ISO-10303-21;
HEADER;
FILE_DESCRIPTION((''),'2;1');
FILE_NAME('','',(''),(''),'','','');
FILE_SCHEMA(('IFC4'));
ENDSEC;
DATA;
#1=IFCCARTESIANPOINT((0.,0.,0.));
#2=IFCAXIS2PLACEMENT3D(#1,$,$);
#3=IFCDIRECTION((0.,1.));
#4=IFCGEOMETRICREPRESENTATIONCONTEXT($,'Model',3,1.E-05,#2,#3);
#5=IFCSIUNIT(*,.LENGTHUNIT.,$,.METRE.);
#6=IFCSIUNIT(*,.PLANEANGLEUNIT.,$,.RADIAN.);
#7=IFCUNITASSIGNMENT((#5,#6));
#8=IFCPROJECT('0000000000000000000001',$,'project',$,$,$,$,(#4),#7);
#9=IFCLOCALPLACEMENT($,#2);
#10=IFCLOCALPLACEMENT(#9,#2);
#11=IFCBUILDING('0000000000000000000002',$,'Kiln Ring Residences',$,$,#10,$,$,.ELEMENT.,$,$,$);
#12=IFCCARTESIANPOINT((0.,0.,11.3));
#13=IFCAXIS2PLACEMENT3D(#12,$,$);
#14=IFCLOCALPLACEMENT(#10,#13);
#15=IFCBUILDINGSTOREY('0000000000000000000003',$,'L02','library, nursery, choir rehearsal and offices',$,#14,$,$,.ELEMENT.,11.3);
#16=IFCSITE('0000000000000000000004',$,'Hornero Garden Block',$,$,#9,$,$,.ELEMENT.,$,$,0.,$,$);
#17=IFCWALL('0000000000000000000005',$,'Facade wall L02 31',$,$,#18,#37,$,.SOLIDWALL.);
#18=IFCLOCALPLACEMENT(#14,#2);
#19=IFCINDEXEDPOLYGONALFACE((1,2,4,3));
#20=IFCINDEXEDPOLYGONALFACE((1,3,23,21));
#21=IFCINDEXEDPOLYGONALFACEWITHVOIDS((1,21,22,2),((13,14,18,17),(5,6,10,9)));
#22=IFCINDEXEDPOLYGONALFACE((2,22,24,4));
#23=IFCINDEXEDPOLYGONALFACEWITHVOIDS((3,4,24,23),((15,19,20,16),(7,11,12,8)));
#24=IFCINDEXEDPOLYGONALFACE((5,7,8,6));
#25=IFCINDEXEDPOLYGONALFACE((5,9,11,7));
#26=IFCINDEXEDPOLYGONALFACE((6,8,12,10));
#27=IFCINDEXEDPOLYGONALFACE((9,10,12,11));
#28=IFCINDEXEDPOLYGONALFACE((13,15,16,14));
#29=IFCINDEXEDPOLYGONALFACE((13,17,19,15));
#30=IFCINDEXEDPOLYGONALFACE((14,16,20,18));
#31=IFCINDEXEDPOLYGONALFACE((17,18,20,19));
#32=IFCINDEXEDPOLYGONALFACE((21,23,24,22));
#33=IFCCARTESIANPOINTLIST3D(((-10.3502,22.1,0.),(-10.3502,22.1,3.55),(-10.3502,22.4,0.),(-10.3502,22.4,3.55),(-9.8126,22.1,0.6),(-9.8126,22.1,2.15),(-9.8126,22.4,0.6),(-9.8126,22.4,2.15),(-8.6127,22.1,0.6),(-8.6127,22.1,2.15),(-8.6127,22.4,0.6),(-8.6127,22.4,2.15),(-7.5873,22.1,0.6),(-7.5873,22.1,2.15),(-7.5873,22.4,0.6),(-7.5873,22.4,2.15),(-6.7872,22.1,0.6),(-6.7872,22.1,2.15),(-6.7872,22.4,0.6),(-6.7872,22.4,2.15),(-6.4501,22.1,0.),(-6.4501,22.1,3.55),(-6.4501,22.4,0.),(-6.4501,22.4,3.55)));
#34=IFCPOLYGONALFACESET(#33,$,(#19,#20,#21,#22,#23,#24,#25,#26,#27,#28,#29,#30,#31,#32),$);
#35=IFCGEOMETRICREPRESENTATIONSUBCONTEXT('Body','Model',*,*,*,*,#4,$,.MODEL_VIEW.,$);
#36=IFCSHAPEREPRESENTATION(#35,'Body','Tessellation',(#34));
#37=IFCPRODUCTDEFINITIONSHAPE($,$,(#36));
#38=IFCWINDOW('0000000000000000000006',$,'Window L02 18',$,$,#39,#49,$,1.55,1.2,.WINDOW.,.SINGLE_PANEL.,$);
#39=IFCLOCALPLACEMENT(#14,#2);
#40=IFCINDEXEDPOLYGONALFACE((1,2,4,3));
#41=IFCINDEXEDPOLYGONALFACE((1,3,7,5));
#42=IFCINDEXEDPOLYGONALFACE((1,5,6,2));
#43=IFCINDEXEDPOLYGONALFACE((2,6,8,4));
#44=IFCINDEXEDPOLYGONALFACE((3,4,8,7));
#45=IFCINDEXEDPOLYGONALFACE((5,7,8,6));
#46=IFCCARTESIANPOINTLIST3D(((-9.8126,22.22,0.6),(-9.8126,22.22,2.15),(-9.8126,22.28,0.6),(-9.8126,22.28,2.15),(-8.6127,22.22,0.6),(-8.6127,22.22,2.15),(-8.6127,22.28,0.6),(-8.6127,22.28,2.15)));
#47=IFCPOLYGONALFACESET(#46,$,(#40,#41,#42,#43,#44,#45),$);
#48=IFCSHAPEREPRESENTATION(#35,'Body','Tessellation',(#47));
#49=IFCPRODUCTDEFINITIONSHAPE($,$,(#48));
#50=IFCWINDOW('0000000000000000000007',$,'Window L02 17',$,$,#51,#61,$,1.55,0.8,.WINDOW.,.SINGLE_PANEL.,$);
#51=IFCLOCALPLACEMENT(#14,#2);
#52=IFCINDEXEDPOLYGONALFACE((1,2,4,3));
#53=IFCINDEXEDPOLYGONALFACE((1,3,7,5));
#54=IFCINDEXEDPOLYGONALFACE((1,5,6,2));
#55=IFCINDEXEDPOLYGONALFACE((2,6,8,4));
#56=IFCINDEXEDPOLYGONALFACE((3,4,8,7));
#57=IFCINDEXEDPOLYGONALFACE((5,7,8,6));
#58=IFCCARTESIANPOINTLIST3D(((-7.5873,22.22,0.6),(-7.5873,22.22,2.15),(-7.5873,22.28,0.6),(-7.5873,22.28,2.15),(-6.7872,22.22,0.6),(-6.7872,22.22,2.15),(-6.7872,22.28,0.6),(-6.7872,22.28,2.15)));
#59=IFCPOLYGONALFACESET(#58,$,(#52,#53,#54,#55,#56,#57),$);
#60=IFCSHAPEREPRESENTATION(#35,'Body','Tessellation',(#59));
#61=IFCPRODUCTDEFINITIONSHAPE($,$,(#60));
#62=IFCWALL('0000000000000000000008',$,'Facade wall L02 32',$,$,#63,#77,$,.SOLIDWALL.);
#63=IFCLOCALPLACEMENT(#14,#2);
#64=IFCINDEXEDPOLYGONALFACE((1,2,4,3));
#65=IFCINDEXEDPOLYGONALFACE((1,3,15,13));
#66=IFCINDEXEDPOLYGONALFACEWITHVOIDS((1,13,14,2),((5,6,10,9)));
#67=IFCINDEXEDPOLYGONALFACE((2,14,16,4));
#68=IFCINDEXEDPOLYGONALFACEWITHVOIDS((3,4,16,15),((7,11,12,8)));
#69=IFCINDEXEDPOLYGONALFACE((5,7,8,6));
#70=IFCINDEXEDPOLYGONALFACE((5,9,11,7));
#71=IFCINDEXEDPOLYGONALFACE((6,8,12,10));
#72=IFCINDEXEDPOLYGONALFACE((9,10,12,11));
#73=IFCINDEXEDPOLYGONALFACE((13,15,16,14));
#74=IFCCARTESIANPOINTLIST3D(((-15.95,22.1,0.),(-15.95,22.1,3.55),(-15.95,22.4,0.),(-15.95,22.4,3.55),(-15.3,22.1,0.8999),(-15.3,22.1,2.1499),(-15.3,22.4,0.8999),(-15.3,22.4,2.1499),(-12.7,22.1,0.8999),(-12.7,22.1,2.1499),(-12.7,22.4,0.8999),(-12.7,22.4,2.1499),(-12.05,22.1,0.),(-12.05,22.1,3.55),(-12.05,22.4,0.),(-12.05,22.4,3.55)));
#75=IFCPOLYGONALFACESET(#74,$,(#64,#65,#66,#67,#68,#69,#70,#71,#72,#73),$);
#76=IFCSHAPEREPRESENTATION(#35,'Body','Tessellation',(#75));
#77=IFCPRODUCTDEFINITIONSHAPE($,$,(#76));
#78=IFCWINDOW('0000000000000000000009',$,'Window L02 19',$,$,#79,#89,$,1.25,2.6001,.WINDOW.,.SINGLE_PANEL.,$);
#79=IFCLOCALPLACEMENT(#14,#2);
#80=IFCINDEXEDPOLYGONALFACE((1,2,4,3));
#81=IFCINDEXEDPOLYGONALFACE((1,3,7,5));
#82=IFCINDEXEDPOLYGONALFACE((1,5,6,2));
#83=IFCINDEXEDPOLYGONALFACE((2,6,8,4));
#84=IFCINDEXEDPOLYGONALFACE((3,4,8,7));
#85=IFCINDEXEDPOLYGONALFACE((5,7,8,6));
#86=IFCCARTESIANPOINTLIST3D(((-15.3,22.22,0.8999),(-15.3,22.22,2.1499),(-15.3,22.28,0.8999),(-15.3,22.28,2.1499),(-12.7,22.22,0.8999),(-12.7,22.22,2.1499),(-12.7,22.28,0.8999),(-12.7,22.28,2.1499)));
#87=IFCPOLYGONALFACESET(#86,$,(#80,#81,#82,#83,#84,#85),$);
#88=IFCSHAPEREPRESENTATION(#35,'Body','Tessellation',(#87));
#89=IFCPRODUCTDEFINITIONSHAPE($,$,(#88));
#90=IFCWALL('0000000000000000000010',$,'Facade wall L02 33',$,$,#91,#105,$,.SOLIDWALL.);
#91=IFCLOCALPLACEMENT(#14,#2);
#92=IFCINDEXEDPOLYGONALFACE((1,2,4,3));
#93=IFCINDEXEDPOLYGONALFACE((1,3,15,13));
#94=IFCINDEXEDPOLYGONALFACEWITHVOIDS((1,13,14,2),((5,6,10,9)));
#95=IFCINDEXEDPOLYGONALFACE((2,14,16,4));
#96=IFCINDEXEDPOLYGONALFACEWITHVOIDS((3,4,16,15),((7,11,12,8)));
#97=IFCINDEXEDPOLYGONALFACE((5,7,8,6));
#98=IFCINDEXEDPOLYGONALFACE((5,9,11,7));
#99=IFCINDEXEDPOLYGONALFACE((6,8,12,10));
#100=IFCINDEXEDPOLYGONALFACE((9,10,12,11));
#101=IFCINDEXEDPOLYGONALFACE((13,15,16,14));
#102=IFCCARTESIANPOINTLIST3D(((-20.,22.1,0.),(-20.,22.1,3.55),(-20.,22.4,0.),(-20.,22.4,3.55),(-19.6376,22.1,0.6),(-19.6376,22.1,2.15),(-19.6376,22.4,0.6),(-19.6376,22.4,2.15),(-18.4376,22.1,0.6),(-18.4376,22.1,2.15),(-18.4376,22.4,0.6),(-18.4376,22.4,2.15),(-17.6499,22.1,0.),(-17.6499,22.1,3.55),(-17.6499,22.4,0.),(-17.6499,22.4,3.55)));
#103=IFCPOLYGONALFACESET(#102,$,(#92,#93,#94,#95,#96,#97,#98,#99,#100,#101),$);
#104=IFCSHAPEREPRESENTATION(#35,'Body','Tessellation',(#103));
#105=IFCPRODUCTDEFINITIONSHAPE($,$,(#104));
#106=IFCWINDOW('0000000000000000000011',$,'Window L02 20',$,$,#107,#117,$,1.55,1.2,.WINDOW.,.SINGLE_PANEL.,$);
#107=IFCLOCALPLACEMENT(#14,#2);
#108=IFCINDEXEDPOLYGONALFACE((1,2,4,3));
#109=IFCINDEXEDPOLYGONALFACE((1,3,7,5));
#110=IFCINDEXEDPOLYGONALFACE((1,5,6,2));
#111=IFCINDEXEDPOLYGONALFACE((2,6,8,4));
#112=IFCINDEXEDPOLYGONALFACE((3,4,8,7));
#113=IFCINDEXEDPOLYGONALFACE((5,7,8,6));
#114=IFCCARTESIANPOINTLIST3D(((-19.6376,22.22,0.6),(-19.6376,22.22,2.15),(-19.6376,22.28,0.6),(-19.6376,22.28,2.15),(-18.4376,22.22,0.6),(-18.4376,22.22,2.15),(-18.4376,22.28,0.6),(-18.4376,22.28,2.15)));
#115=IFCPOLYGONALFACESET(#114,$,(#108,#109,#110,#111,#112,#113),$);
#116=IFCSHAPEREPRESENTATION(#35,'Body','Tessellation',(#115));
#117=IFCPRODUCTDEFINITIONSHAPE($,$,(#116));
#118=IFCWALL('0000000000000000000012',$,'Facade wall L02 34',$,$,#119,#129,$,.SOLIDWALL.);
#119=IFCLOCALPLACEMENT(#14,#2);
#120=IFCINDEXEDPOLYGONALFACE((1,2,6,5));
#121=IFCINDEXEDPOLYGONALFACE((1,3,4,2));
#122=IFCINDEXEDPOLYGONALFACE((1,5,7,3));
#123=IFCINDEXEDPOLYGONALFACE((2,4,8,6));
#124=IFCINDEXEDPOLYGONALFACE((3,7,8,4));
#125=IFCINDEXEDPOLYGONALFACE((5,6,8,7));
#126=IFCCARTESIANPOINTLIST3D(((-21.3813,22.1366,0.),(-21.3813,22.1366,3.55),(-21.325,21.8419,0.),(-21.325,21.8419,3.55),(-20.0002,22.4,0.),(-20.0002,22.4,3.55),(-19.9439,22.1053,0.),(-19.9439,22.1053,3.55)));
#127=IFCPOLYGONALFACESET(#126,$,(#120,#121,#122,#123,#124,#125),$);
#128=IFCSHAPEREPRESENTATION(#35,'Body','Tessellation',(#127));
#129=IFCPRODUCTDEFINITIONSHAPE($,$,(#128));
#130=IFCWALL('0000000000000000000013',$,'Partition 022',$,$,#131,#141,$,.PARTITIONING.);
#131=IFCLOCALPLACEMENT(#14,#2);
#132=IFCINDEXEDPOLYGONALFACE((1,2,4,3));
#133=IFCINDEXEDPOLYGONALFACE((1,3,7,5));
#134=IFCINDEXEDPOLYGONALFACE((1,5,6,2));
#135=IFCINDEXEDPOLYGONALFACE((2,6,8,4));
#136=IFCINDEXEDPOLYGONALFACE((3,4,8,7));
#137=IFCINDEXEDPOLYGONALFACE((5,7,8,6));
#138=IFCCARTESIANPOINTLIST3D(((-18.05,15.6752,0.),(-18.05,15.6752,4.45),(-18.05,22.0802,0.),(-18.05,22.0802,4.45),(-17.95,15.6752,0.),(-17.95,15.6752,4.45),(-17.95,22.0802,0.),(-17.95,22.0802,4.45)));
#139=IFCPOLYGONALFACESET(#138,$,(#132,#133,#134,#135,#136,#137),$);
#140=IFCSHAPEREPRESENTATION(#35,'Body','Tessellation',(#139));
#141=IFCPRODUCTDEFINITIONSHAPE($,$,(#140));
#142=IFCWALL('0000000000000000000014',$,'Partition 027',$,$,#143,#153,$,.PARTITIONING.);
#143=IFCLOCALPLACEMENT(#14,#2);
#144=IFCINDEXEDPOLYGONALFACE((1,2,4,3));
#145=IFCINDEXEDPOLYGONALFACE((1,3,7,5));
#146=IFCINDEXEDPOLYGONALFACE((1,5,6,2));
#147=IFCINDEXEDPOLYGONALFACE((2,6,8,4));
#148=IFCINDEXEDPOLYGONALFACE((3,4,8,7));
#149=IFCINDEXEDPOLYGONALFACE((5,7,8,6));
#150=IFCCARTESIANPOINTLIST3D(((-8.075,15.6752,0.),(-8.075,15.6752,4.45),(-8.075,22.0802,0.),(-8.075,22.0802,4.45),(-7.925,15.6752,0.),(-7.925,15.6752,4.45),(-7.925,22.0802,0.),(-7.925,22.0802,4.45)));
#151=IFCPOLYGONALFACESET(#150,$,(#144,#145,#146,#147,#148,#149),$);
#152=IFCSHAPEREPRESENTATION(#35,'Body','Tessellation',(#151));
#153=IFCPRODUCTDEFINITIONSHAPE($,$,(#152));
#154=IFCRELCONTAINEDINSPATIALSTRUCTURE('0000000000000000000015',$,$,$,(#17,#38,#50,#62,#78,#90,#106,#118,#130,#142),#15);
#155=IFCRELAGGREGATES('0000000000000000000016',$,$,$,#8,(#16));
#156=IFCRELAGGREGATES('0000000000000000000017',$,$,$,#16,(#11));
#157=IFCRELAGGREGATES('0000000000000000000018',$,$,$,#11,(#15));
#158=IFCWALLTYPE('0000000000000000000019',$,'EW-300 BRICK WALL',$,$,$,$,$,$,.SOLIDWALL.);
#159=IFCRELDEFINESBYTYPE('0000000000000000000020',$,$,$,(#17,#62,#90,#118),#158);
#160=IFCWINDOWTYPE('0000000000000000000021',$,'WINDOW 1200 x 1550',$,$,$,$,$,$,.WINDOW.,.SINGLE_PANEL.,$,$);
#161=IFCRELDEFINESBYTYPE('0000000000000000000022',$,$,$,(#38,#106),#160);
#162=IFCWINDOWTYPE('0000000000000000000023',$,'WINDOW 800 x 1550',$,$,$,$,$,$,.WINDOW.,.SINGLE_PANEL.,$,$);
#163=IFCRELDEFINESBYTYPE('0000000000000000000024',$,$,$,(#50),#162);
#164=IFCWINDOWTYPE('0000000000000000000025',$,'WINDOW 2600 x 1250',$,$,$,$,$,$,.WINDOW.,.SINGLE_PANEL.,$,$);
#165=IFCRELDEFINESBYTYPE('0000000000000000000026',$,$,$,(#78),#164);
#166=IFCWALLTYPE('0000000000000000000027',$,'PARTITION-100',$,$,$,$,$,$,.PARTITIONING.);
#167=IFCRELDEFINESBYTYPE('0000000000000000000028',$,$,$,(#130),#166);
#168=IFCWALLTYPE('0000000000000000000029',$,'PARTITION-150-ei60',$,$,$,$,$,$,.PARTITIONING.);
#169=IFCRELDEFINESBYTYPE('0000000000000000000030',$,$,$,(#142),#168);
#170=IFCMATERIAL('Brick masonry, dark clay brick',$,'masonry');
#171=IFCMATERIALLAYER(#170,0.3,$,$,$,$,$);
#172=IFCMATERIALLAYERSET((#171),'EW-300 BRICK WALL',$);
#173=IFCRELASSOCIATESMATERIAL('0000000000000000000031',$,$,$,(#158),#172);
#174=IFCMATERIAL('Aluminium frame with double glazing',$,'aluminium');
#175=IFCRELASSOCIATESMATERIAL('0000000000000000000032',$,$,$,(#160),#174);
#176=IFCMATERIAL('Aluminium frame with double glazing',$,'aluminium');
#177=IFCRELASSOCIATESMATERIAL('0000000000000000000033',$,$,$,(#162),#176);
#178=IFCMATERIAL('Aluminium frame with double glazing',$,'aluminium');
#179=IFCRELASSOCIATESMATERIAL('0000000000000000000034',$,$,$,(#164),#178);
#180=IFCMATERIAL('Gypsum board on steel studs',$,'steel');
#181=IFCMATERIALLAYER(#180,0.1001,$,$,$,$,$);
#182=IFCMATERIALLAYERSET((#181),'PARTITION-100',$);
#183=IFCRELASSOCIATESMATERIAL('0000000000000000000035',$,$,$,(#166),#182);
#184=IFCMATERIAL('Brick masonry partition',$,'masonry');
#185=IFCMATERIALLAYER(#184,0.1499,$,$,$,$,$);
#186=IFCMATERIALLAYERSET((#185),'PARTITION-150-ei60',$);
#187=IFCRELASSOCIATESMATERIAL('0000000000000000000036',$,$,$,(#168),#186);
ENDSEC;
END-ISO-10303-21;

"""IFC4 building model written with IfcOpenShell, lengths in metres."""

from ifc_helpers import new_model, si_unit, direction, frame, frame_2d, origin, place, context, subcontext, project, spatial, rectangle, extrude, material, layer, layer_set, type_object, element, fill, save


model = new_model("IFC4")

# Units and contexts
model_context = context("Model", 3, precision=1e-05, world=origin(), true_north=direction((0.0, 1.0)))
body_context = subcontext(model_context, "Body", "Model", "MODEL_VIEW")
ifc_project = project(units=[si_unit("LENGTHUNIT", "METRE"), si_unit("PLANEANGLEUNIT", "RADIAN")], contexts=[model_context])

# Site, building, storey
site_placement = place(None, origin())
site = spatial("IfcSite", under=ifc_project, at=site_placement, Name="Hornero Garden Block", CompositionType="ELEMENT", RefElevation=0.0)
building_placement = place(site_placement, origin())
building = spatial("IfcBuilding", under=site, at=building_placement, Name="Kiln Ring Residences", CompositionType="ELEMENT")
storey_placement = place(building_placement, frame((0.0, 0.0, 11.3)))
storey = spatial("IfcBuildingStorey", under=building, at=storey_placement, Name="L02", Description="library, nursery, choir rehearsal and offices", CompositionType="ELEMENT", Elevation=11.3)

# Shared definitions
ifc_material_1 = material(Name="Brick masonry, dark clay brick", Category="masonry")
ifc_layer_1 = layer(ifc_material_1, 0.3)
ifc_layer_set_1 = layer_set([ifc_layer_1], Name="EW-300 BRICK WALL")
wall_type_1 = type_object("IfcWallType", Name="EW-300 BRICK WALL", PredefinedType="SOLIDWALL", material=ifc_layer_set_1)
ifc_material_2 = material(Name="Aluminium frame with double glazing", Category="aluminium")
window_type_1 = type_object("IfcWindowType", Name="WINDOW 1200 x 1550", PartitioningType="SINGLE_PANEL", PredefinedType="WINDOW", material=ifc_material_2)

# Wall, openings, windows
wall_1_placement = place(storey_placement, frame((-6.45, 22.25, 0.0), z_axis=(0.0, 0.0, 1.0), x_axis=(-1.0, 0.0, 0.0)))
wall_1 = element("IfcWall", 1, at=wall_1_placement, inside=storey, type_object=wall_type_1, Name="Facade wall L02 31", PredefinedType="SOLIDWALL", context=body_context, shape_type="SweptSolid", body=[
    extrude(rectangle(XDim=3.9001, YDim=0.3, at=frame_2d((1.9502, 0.0))), origin(), (0.0, 0.0, 1.0), 3.55),
])
opening_1_placement = place(wall_1_placement, frame((0.3374, 0.0, 0.6001)))
opening_1 = element("IfcOpeningElement", 2, at=opening_1_placement, cuts=wall_1, PredefinedType="OPENING", context=body_context, shape_type="SweptSolid", body=[
    extrude(rectangle(XDim=0.8, YDim=1.55, at=frame_2d((0.3999, 0.7749))), frame((0.0, 0.1599, 0.0), z_axis=(0.0, -1.0, 0.0), x_axis=(1.0, 0.0, 0.0)), (0.0, 0.0, 1.0), 0.3201),
])
opening_2_placement = place(wall_1_placement, frame((2.1626, 0.0, 0.6001)))
opening_2 = element("IfcOpeningElement", 3, at=opening_2_placement, cuts=wall_1, PredefinedType="OPENING", context=body_context, shape_type="SweptSolid", body=[
    extrude(rectangle(XDim=1.2, YDim=1.55, at=frame_2d((0.6001, 0.7749))), frame((0.0, 0.1599, 0.0), z_axis=(0.0, -1.0, 0.0), x_axis=(1.0, 0.0, 0.0)), (0.0, 0.0, 1.0), 0.3201),
])
window_1_placement = place(opening_2_placement, origin())
window_1 = element("IfcWindow", 4, at=window_1_placement, inside=storey, type_object=window_type_1, Name="Window L02 18", OverallHeight=1.55, OverallWidth=1.2, PartitioningType="SINGLE_PANEL", PredefinedType="WINDOW", context=body_context, shape_type="SweptSolid", body=[
    extrude(rectangle(XDim=1.2, YDim=1.55, at=frame_2d((0.6001, 0.7749))), frame((0.0, 0.03, 0.0), z_axis=(0.0, -1.0, 0.0), x_axis=(1.0, 0.0, 0.0)), (0.0, 0.0, 1.0), 0.0601),
])
fill(opening_2, window_1)
ifc_material_3 = material(Name="Aluminium frame with double glazing", Category="aluminium")
window_type_2 = type_object("IfcWindowType", Name="WINDOW 800 x 1550", PartitioningType="SINGLE_PANEL", PredefinedType="WINDOW", material=ifc_material_3)
window_2_placement = place(opening_1_placement, origin())
window_2 = element("IfcWindow", 5, at=window_2_placement, inside=storey, type_object=window_type_2, Name="Window L02 17", OverallHeight=1.55, OverallWidth=0.8, PartitioningType="SINGLE_PANEL", PredefinedType="WINDOW", context=body_context, shape_type="SweptSolid", body=[
    extrude(rectangle(XDim=0.8, YDim=1.55, at=frame_2d((0.3999, 0.7749))), frame((0.0, 0.03, 0.0), z_axis=(0.0, -1.0, 0.0), x_axis=(1.0, 0.0, 0.0)), (0.0, 0.0, 1.0), 0.0601),
])
fill(opening_1, window_2)

# Walls, openings, windows
wall_2_placement = place(storey_placement, frame((-12.05, 22.25, 0.0), z_axis=(0.0, 0.0, 1.0), x_axis=(-1.0, 0.0, 0.0)))
wall_2 = element("IfcWall", 6, at=wall_2_placement, inside=storey, type_object=wall_type_1, Name="Facade wall L02 32", PredefinedType="SOLIDWALL", context=body_context, shape_type="SweptSolid", body=[
    extrude(rectangle(XDim=3.8999, YDim=0.3, at=frame_2d((1.95, 0.0))), origin(), (0.0, 0.0, 1.0), 3.55),
])
opening_3_placement = place(wall_2_placement, frame((0.6499, 0.0, 0.8999)))
opening_3 = element("IfcOpeningElement", 7, at=opening_3_placement, cuts=wall_2, PredefinedType="OPENING", context=body_context, shape_type="SweptSolid", body=[
    extrude(rectangle(XDim=2.6001, YDim=1.25, at=frame_2d((1.3, 0.625))), frame((0.0, 0.1599, 0.0), z_axis=(0.0, -1.0, 0.0), x_axis=(1.0, 0.0, 0.0)), (0.0, 0.0, 1.0), 0.3201),
])
ifc_material_4 = material(Name="Aluminium frame with double glazing", Category="aluminium")
window_type_3 = type_object("IfcWindowType", Name="WINDOW 2600 x 1250", PartitioningType="SINGLE_PANEL", PredefinedType="WINDOW", material=ifc_material_4)
window_3_placement = place(opening_3_placement, origin())
window_3 = element("IfcWindow", 8, at=window_3_placement, inside=storey, type_object=window_type_3, Name="Window L02 19", OverallHeight=1.25, OverallWidth=2.6001, PartitioningType="SINGLE_PANEL", PredefinedType="WINDOW", context=body_context, shape_type="SweptSolid", body=[
    extrude(rectangle(XDim=2.6001, YDim=1.25, at=frame_2d((1.3, 0.625))), frame((0.0, 0.03, 0.0), z_axis=(0.0, -1.0, 0.0), x_axis=(1.0, 0.0, 0.0)), (0.0, 0.0, 1.0), 0.0601),
])
fill(opening_3, window_3)
wall_3_placement = place(storey_placement, frame((-17.6499, 22.25, 0.0), z_axis=(0.0, 0.0, 1.0), x_axis=(-1.0, 0.0, 0.0)))
wall_3 = element("IfcWall", 9, at=wall_3_placement, inside=storey, type_object=wall_type_1, Name="Facade wall L02 33", PredefinedType="SOLIDWALL", context=body_context, shape_type="SweptSolid", body=[
    extrude(rectangle(XDim=2.3501, YDim=0.3, at=frame_2d((1.175, 0.0))), origin(), (0.0, 0.0, 1.0), 3.55),
])
opening_4_placement = place(wall_3_placement, frame((0.7876, 0.0, 0.6001)))
opening_4 = element("IfcOpeningElement", 10, at=opening_4_placement, cuts=wall_3, PredefinedType="OPENING", context=body_context, shape_type="SweptSolid", body=[
    extrude(rectangle(XDim=1.2, YDim=1.55, at=frame_2d((0.6001, 0.7749))), frame((0.0, 0.1599, 0.0), z_axis=(0.0, -1.0, 0.0), x_axis=(1.0, 0.0, 0.0)), (0.0, 0.0, 1.0), 0.3201),
])
window_4_placement = place(opening_4_placement, origin())
window_4 = element("IfcWindow", 11, at=window_4_placement, inside=storey, type_object=window_type_1, Name="Window L02 20", OverallHeight=1.55, OverallWidth=1.2, PartitioningType="SINGLE_PANEL", PredefinedType="WINDOW", context=body_context, shape_type="SweptSolid", body=[
    extrude(rectangle(XDim=1.2, YDim=1.55, at=frame_2d((0.6001, 0.7749))), frame((0.0, 0.03, 0.0), z_axis=(0.0, -1.0, 0.0), x_axis=(1.0, 0.0, 0.0)), (0.0, 0.0, 1.0), 0.0601),
])
fill(opening_4, window_4)

# Walls
wall_4_placement = place(storey_placement, frame((-19.9719, 22.2527, 0.0), z_axis=(0.0, 0.0, 1.0), x_axis=(-0.982291, -0.187359, 0.0)))
element("IfcWall", 12, at=wall_4_placement, inside=storey, type_object=wall_type_1, Name="Facade wall L02 34", PredefinedType="SOLIDWALL", context=body_context, shape_type="SweptSolid", body=[
    extrude(rectangle(XDim=1.406, YDim=0.3, at=frame_2d((0.7031, 0.0))), origin(), (0.0, 0.0, 1.0), 3.55),
])
ifc_material_5 = material(Name="Gypsum board on steel studs", Category="steel")
ifc_layer_2 = layer(ifc_material_5, 0.1001)
ifc_layer_set_2 = layer_set([ifc_layer_2], Name="PARTITION-100")
wall_type_2 = type_object("IfcWallType", Name="PARTITION-100", PredefinedType="PARTITIONING", material=ifc_layer_set_2)
wall_5_placement = place(storey_placement, frame((-18.0, 15.675, 0.0), z_axis=(0.0, 0.0, 1.0), x_axis=(0.0, 1.0, 0.0)))
element("IfcWall", 13, at=wall_5_placement, inside=storey, type_object=wall_type_2, Name="Partition 022", PredefinedType="PARTITIONING", context=body_context, shape_type="SweptSolid", body=[
    extrude(rectangle(XDim=6.405, YDim=0.1001, at=frame_2d((3.2026, 0.0))), origin(), (0.0, 0.0, 1.0), 4.45),
])
ifc_material_6 = material(Name="Brick masonry partition", Category="masonry")
ifc_layer_3 = layer(ifc_material_6, 0.1499)
ifc_layer_set_3 = layer_set([ifc_layer_3], Name="PARTITION-150-ei60")
wall_type_3 = type_object("IfcWallType", Name="PARTITION-150-ei60", PredefinedType="PARTITIONING", material=ifc_layer_set_3)
wall_6_placement = place(storey_placement, frame((-8.0, 15.675, 0.0), z_axis=(0.0, 0.0, 1.0), x_axis=(0.0, 1.0, 0.0)))
element("IfcWall", 14, at=wall_6_placement, inside=storey, type_object=wall_type_3, Name="Partition 027", PredefinedType="PARTITIONING", context=body_context, shape_type="SweptSolid", body=[
    extrude(rectangle(XDim=6.405, YDim=0.1499, at=frame_2d((3.2026, 0.0))), origin(), (0.0, 0.0, 1.0), 4.45),
])

save(model, "model.ifc")
